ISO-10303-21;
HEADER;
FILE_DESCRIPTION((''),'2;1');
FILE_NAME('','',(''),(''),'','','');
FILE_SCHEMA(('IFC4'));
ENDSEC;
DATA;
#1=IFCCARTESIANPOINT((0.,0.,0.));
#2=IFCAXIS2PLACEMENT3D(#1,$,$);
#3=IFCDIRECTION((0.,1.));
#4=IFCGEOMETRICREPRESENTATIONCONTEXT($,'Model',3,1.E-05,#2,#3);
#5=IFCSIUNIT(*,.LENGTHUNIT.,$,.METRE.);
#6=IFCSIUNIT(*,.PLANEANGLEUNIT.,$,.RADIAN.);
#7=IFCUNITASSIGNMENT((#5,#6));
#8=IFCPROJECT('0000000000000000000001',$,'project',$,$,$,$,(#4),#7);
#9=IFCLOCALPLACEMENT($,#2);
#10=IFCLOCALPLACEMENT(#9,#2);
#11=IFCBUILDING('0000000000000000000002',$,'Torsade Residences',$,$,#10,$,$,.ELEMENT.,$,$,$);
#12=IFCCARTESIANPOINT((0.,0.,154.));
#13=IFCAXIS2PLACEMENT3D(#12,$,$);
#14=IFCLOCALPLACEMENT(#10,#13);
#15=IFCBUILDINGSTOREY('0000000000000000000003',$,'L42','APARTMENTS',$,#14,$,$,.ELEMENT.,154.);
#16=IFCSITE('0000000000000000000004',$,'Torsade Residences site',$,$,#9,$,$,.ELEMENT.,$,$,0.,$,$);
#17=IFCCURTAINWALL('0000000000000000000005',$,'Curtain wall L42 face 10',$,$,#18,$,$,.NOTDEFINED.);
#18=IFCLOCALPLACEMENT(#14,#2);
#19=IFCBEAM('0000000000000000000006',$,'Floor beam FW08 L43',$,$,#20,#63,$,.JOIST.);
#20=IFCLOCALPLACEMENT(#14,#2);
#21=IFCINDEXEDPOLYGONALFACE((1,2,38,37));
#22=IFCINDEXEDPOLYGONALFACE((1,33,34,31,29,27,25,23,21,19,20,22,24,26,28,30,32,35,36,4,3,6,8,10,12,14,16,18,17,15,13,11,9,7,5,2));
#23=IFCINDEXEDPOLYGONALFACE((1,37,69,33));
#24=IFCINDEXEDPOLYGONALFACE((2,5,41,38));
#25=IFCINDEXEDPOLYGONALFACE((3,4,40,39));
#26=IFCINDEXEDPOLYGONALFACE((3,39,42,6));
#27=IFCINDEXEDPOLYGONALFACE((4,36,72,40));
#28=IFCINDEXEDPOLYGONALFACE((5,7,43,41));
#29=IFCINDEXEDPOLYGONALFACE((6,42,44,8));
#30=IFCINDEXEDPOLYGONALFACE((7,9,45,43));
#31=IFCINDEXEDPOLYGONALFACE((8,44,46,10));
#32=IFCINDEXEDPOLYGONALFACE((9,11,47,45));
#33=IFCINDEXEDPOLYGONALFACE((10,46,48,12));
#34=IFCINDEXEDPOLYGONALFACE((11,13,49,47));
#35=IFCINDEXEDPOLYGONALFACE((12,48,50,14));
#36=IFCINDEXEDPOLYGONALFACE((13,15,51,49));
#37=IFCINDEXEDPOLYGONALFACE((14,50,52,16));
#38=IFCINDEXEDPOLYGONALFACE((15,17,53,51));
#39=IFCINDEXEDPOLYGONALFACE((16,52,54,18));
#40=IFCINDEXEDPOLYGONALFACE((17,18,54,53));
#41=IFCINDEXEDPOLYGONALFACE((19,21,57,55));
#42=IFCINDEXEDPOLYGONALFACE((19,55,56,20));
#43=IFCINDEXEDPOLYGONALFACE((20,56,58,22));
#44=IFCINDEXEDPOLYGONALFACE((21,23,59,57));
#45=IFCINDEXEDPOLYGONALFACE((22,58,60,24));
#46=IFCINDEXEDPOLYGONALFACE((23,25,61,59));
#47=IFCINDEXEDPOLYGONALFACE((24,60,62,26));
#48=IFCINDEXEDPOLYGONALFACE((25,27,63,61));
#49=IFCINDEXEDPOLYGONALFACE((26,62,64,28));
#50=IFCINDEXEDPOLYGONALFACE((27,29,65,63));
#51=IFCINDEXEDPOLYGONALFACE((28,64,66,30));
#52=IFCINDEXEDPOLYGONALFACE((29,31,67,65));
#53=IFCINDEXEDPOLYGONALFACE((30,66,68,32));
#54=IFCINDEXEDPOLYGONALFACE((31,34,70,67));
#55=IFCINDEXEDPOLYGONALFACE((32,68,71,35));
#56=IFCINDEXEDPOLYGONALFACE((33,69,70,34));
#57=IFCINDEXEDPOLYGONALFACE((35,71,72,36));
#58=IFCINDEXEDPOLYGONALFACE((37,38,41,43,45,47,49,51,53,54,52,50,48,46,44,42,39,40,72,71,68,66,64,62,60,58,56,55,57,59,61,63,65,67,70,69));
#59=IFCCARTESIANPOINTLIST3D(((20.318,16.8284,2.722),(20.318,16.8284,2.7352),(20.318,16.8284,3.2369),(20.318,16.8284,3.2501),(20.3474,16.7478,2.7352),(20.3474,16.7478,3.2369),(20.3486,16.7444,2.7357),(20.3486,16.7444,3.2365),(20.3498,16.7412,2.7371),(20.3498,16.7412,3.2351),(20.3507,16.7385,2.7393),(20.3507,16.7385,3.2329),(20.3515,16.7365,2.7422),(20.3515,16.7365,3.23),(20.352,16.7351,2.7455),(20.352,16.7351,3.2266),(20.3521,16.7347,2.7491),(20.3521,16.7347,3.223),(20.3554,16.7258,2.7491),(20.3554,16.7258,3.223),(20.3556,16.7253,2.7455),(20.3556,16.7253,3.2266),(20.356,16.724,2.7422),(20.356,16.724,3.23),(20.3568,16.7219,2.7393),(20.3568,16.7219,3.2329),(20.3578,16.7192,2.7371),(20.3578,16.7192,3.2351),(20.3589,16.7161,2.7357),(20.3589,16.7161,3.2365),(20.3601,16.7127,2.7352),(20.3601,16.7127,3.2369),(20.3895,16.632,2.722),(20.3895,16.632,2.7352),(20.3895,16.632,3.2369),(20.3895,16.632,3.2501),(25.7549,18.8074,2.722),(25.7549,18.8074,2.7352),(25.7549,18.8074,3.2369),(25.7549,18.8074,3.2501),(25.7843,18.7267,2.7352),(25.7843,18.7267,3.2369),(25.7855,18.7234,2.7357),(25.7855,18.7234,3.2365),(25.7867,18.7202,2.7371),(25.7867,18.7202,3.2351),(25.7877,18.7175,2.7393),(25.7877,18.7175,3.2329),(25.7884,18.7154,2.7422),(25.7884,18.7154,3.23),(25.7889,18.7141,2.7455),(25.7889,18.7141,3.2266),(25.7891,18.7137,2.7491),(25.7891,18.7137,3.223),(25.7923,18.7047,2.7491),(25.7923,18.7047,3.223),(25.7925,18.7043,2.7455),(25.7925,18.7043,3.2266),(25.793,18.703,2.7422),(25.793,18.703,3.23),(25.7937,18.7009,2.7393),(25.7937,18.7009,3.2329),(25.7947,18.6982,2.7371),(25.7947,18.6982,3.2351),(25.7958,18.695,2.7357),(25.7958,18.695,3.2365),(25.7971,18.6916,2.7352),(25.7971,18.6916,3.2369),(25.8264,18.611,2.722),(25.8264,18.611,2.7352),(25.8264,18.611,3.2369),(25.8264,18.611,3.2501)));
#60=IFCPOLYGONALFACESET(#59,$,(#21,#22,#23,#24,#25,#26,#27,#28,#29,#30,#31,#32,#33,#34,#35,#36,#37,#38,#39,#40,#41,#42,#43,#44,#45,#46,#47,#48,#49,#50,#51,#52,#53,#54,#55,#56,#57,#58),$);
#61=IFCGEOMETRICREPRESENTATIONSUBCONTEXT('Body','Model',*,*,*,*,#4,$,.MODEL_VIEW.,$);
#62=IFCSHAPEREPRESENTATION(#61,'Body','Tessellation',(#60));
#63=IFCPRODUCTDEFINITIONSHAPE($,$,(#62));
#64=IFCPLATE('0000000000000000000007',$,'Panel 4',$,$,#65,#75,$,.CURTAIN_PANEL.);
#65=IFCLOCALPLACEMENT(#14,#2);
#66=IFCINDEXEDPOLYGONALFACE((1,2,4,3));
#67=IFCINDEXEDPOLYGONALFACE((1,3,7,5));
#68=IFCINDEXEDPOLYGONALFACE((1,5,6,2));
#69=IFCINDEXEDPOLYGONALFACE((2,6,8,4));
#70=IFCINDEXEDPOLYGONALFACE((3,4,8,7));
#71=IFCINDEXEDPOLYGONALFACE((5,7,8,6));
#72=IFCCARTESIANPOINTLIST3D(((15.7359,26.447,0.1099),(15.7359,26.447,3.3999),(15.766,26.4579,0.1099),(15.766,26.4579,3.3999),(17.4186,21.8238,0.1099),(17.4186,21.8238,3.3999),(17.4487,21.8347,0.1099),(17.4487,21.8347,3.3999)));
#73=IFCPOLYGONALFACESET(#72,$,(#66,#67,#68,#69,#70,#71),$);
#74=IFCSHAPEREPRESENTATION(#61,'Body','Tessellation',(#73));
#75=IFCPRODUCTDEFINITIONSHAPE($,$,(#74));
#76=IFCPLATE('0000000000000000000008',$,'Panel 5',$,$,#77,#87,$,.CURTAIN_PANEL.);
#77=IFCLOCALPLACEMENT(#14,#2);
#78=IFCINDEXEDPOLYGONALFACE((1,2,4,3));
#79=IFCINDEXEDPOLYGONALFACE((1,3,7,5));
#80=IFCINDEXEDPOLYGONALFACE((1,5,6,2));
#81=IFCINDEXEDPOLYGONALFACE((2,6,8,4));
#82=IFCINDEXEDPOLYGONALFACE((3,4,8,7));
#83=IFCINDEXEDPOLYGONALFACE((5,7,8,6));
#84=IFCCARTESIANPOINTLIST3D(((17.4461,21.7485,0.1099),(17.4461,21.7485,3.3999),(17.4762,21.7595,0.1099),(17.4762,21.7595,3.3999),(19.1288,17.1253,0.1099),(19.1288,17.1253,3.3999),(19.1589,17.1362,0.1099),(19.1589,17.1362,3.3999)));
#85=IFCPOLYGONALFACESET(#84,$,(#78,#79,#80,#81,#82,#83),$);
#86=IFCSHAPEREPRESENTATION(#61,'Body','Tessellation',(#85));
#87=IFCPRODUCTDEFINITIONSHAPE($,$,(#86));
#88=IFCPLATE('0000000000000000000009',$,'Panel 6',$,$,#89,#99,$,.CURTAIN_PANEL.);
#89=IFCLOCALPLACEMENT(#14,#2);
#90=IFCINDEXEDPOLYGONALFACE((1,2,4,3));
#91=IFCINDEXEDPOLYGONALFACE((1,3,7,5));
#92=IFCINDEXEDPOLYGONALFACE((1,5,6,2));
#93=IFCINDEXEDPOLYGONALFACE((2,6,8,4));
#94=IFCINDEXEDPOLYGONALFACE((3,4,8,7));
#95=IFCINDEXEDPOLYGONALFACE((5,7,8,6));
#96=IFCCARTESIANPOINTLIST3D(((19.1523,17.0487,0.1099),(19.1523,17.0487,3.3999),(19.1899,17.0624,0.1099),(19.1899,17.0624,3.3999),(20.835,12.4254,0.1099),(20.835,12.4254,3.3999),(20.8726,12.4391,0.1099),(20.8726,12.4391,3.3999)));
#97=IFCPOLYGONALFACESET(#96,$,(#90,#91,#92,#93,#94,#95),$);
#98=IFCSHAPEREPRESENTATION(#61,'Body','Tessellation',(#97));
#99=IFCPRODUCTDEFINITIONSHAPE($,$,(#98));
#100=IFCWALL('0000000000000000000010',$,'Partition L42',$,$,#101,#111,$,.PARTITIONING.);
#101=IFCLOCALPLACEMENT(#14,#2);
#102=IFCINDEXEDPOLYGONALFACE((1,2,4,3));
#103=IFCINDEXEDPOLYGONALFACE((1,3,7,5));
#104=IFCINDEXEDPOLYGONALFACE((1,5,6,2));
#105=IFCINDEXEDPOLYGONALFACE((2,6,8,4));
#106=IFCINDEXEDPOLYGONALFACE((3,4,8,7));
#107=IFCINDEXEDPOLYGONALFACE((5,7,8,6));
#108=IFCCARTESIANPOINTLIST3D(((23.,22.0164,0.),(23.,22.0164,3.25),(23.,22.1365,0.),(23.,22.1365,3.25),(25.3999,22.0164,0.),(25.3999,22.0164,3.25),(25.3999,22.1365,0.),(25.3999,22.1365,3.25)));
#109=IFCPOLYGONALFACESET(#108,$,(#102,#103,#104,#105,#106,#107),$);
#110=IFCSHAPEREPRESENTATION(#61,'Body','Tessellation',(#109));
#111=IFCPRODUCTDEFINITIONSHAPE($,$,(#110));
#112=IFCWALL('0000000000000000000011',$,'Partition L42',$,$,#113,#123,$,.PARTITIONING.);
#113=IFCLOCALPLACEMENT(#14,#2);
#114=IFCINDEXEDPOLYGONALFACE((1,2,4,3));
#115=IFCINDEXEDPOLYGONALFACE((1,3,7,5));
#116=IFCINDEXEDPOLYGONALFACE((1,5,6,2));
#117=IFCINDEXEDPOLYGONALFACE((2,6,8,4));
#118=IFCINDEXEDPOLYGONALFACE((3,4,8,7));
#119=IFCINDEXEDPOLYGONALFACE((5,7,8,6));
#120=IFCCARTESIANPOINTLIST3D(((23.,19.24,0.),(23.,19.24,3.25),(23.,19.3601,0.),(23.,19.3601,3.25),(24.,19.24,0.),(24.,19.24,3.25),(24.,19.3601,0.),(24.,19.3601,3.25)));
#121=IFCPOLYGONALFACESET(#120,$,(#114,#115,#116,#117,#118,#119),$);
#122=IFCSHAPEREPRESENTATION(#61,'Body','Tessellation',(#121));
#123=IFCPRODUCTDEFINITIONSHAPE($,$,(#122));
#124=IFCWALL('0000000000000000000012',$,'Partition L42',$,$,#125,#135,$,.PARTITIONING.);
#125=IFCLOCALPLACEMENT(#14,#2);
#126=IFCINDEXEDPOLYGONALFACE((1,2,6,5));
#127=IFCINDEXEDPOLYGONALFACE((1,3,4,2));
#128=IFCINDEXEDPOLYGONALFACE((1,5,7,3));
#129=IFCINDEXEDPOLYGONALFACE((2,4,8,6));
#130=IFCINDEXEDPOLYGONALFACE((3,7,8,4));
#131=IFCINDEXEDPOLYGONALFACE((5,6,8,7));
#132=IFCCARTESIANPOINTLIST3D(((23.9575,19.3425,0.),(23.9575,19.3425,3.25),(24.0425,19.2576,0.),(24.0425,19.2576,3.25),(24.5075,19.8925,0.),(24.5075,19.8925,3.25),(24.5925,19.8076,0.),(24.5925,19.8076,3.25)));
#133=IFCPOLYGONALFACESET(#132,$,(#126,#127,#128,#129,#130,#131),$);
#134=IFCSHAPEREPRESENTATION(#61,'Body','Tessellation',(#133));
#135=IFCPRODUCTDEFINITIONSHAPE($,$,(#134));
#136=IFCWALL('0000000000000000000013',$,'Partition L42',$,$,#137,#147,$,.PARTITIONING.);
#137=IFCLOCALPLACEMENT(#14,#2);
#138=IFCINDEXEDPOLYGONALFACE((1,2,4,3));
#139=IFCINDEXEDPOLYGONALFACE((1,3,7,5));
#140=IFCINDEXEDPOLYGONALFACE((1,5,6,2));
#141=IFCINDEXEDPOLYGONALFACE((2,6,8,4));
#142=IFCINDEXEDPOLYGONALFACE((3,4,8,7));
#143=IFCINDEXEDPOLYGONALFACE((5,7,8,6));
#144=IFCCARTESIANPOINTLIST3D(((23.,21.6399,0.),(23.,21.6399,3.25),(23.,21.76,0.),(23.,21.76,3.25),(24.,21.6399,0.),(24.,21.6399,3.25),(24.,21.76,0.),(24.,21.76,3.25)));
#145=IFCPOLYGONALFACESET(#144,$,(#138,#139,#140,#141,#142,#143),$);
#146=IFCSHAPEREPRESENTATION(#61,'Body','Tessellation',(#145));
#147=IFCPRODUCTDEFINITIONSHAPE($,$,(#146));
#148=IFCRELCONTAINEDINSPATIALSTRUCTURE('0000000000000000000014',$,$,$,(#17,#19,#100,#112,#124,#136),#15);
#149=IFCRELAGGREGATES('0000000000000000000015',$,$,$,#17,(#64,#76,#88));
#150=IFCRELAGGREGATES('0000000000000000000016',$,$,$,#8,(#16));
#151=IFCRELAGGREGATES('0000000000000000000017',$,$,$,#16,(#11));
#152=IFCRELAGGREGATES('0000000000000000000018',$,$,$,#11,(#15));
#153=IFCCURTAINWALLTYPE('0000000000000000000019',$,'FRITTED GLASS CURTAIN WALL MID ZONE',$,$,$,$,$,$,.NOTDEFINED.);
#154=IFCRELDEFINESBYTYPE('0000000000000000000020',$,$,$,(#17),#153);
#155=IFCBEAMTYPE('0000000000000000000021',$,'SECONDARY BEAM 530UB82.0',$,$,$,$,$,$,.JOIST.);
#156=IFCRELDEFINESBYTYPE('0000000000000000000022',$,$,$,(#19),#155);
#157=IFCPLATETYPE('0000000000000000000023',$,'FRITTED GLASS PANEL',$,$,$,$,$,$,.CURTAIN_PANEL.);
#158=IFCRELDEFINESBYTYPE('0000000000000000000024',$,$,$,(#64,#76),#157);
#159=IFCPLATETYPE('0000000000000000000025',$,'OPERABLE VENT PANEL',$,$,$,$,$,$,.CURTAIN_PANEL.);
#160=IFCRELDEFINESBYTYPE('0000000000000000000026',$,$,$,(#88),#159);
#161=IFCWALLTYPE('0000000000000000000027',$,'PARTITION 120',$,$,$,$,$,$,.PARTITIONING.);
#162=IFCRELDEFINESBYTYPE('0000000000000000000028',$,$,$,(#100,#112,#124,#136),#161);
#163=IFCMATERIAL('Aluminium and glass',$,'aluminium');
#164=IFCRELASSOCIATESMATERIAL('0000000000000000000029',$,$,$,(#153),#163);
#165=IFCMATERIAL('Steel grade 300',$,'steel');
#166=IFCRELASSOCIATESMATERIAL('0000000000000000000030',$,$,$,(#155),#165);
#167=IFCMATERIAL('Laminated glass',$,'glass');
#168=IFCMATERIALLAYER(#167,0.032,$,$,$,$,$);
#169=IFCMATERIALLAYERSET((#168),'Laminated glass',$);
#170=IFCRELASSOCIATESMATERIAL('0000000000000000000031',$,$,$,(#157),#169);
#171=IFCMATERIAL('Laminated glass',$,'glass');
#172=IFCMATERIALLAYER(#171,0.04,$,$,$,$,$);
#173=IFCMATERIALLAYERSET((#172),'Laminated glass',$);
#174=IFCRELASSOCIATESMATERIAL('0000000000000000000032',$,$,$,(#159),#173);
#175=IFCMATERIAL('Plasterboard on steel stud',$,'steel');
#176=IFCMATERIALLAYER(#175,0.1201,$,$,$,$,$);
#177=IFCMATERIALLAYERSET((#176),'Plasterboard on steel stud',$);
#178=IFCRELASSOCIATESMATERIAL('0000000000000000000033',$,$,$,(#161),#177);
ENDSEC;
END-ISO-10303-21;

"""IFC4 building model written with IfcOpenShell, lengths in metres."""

from ifc_helpers import new_model, si_unit, direction, frame, frame_2d, origin, origin_2d, place, context, subcontext, project, spatial, rectangle, i_section, extrude, material, layer, layer_set, material_profile, profile_set, type_object, element, aggregate, save


model = new_model("IFC4")

# Units and contexts
model_context = context("Model", 3, precision=1e-05, world=origin(), true_north=direction((0.0, 1.0)))
body_context = subcontext(model_context, "Body", "Model", "MODEL_VIEW")
ifc_project = project(units=[si_unit("LENGTHUNIT", "METRE"), si_unit("PLANEANGLEUNIT", "RADIAN")], contexts=[model_context])

# Site, building, storey
site_placement = place(None, origin())
site = spatial("IfcSite", under=ifc_project, at=site_placement, Name="Torsade Residences site", CompositionType="ELEMENT", RefElevation=0.0)
building_placement = place(site_placement, origin())
building = spatial("IfcBuilding", under=site, at=building_placement, Name="Torsade Residences", CompositionType="ELEMENT")
storey_placement = place(building_placement, frame((0.0, 0.0, 154.0)))
storey = spatial("IfcBuildingStorey", under=building, at=storey_placement, Name="L42", Description="APARTMENTS", CompositionType="ELEMENT", Elevation=154.0)

# Curtain wall
ifc_material_1 = material(Name="Aluminium and glass", Category="aluminium")
curtain_wall_type = type_object("IfcCurtainWallType", Name="FRITTED GLASS CURTAIN WALL MID ZONE", PredefinedType="NOTDEFINED", material=ifc_material_1)
curtain_wall_placement = place(storey_placement, origin())
curtain_wall = element("IfcCurtainWall", 1, at=curtain_wall_placement, inside=storey, type_object=curtain_wall_type, Name="Curtain wall L42 face 10", PredefinedType="NOTDEFINED")

# Beam
ifc_material_2 = material(Name="Steel grade 300", Category="steel")
ifc_material_profile_1 = material_profile(ifc_material_2, i_section(OverallWidth=0.209, OverallDepth=0.5281, WebThickness=0.0095, FlangeThickness=0.0132, FilletRadius=0.0139, at=origin_2d()), Name="530UB82.0")
ifc_profile_set_1 = profile_set([ifc_material_profile_1], Name="Steel grade 300")
beam_type_1 = type_object("IfcBeamType", Name="SECONDARY BEAM 530UB82.0", PredefinedType="JOIST", material=ifc_profile_set_1)
beam_1_placement = place(storey_placement, frame((20.3538, 16.7302, 2.9861), z_axis=(0.939687, 0.342034, 0.0), x_axis=(-0.342034, 0.939687, 0.0)))
element("IfcBeam", 2, at=beam_1_placement, inside=storey, type_object=beam_type_1, Name="Floor beam FW08 L43", PredefinedType="JOIST", context=body_context, shape_type="SweptSolid", body=[
    extrude(i_section(OverallWidth=0.209, OverallDepth=0.5281, WebThickness=0.0095, FlangeThickness=0.0132, FilletRadius=0.0139, at=origin_2d()), origin(), (0.0, 0.0, 1.0), 5.7859),
])

# Plates
ifc_material_3 = material(Name="Laminated glass", Category="glass")
ifc_layer_1 = layer(ifc_material_3, 0.032)
ifc_layer_set_1 = layer_set([ifc_layer_1], Name="Laminated glass")
plate_type_1 = type_object("IfcPlateType", Name="FRITTED GLASS PANEL", PredefinedType="CURTAIN_PANEL", material=ifc_layer_set_1)
plate_1_placement = place(storey_placement, frame((16.5923, 24.1409, 0.1099), z_axis=(0.0, 0.0, 1.0), x_axis=(0.34202, -0.939693, 0.0)))
plate_1 = element("IfcPlate", 3, at=plate_1_placement, type_object=plate_type_1, Name="Panel 4", PredefinedType="CURTAIN_PANEL", context=body_context, shape_type="SweptSolid", body=[
    extrude(rectangle(XDim=4.9199, YDim=0.032, at=origin_2d()), origin(), (0.0, 0.0, 1.0), 3.29),
])
plate_2_placement = place(storey_placement, frame((18.3025, 19.4424, 0.1099), z_axis=(0.0, 0.0, 1.0), x_axis=(0.34202, -0.939693, 0.0)))
plate_2 = element("IfcPlate", 4, at=plate_2_placement, type_object=plate_type_1, Name="Panel 5", PredefinedType="CURTAIN_PANEL", context=body_context, shape_type="SweptSolid", body=[
    extrude(rectangle(XDim=4.9199, YDim=0.032, at=origin_2d()), origin(), (0.0, 0.0, 1.0), 3.29),
])
ifc_material_4 = material(Name="Laminated glass", Category="glass")
ifc_layer_2 = layer(ifc_material_4, 0.04)
ifc_layer_set_2 = layer_set([ifc_layer_2], Name="Laminated glass")
plate_type_2 = type_object("IfcPlateType", Name="OPERABLE VENT PANEL", PredefinedType="CURTAIN_PANEL", material=ifc_layer_set_2)
plate_3_placement = place(storey_placement, frame((20.0125, 14.7439, 0.1099), z_axis=(0.0, 0.0, 1.0), x_axis=(0.34202, -0.939693, 0.0)))
plate_3 = element("IfcPlate", 5, at=plate_3_placement, type_object=plate_type_2, Name="Panel 6", PredefinedType="CURTAIN_PANEL", context=body_context, shape_type="SweptSolid", body=[
    extrude(rectangle(XDim=4.9199, YDim=0.04, at=origin_2d()), origin(), (0.0, 0.0, 1.0), 3.29),
])
aggregate(curtain_wall, [plate_1, plate_2, plate_3])

# Walls
ifc_material_5 = material(Name="Plasterboard on steel stud", Category="steel")
ifc_layer_3 = layer(ifc_material_5, 0.1201)
ifc_layer_set_3 = layer_set([ifc_layer_3], Name="Plasterboard on steel stud")
wall_type = type_object("IfcWallType", Name="PARTITION 120", PredefinedType="PARTITIONING", material=ifc_layer_set_3)
wall_1_placement = place(storey_placement, frame((23.0, 22.0764, 0.0), z_axis=(0.0, 0.0, 1.0), x_axis=(1.0, 0.0, 0.0)))
element("IfcWall", 6, at=wall_1_placement, inside=storey, type_object=wall_type, Name="Partition L42", PredefinedType="PARTITIONING", context=body_context, shape_type="SweptSolid", body=[
    extrude(rectangle(XDim=2.3999, YDim=0.1201, at=frame_2d((1.2, 0.0))), origin(), (0.0, 0.0, 1.0), 3.25),
])
wall_2_placement = place(storey_placement, frame((23.0, 19.3, 0.0), z_axis=(0.0, 0.0, 1.0), x_axis=(1.0, 0.0, 0.0)))
element("IfcWall", 7, at=wall_2_placement, inside=storey, type_object=wall_type, Name="Partition L42", PredefinedType="PARTITIONING", context=body_context, shape_type="SweptSolid", body=[
    extrude(rectangle(XDim=1.0, YDim=0.1201, at=frame_2d((0.5, 0.0))), origin(), (0.0, 0.0, 1.0), 3.25),
])
wall_3_placement = place(storey_placement, frame((24.0, 19.3, 0.0), z_axis=(0.0, 0.0, 1.0), x_axis=(0.707107, 0.707107, 0.0)))
element("IfcWall", 8, at=wall_3_placement, inside=storey, type_object=wall_type, Name="Partition L42", PredefinedType="PARTITIONING", context=body_context, shape_type="SweptSolid", body=[
    extrude(rectangle(XDim=0.7778, YDim=0.1201, at=frame_2d((0.3889, 0.0))), origin(), (0.0, 0.0, 1.0), 3.25),
])
wall_4_placement = place(storey_placement, frame((24.0, 21.7, 0.0), z_axis=(0.0, 0.0, 1.0), x_axis=(-1.0, 0.0, 0.0)))
element("IfcWall", 9, at=wall_4_placement, inside=storey, type_object=wall_type, Name="Partition L42", PredefinedType="PARTITIONING", context=body_context, shape_type="SweptSolid", body=[
    extrude(rectangle(XDim=1.0, YDim=0.1201, at=frame_2d((0.5, 0.0))), origin(), (0.0, 0.0, 1.0), 3.25),
])

save(model, "model.ifc")
